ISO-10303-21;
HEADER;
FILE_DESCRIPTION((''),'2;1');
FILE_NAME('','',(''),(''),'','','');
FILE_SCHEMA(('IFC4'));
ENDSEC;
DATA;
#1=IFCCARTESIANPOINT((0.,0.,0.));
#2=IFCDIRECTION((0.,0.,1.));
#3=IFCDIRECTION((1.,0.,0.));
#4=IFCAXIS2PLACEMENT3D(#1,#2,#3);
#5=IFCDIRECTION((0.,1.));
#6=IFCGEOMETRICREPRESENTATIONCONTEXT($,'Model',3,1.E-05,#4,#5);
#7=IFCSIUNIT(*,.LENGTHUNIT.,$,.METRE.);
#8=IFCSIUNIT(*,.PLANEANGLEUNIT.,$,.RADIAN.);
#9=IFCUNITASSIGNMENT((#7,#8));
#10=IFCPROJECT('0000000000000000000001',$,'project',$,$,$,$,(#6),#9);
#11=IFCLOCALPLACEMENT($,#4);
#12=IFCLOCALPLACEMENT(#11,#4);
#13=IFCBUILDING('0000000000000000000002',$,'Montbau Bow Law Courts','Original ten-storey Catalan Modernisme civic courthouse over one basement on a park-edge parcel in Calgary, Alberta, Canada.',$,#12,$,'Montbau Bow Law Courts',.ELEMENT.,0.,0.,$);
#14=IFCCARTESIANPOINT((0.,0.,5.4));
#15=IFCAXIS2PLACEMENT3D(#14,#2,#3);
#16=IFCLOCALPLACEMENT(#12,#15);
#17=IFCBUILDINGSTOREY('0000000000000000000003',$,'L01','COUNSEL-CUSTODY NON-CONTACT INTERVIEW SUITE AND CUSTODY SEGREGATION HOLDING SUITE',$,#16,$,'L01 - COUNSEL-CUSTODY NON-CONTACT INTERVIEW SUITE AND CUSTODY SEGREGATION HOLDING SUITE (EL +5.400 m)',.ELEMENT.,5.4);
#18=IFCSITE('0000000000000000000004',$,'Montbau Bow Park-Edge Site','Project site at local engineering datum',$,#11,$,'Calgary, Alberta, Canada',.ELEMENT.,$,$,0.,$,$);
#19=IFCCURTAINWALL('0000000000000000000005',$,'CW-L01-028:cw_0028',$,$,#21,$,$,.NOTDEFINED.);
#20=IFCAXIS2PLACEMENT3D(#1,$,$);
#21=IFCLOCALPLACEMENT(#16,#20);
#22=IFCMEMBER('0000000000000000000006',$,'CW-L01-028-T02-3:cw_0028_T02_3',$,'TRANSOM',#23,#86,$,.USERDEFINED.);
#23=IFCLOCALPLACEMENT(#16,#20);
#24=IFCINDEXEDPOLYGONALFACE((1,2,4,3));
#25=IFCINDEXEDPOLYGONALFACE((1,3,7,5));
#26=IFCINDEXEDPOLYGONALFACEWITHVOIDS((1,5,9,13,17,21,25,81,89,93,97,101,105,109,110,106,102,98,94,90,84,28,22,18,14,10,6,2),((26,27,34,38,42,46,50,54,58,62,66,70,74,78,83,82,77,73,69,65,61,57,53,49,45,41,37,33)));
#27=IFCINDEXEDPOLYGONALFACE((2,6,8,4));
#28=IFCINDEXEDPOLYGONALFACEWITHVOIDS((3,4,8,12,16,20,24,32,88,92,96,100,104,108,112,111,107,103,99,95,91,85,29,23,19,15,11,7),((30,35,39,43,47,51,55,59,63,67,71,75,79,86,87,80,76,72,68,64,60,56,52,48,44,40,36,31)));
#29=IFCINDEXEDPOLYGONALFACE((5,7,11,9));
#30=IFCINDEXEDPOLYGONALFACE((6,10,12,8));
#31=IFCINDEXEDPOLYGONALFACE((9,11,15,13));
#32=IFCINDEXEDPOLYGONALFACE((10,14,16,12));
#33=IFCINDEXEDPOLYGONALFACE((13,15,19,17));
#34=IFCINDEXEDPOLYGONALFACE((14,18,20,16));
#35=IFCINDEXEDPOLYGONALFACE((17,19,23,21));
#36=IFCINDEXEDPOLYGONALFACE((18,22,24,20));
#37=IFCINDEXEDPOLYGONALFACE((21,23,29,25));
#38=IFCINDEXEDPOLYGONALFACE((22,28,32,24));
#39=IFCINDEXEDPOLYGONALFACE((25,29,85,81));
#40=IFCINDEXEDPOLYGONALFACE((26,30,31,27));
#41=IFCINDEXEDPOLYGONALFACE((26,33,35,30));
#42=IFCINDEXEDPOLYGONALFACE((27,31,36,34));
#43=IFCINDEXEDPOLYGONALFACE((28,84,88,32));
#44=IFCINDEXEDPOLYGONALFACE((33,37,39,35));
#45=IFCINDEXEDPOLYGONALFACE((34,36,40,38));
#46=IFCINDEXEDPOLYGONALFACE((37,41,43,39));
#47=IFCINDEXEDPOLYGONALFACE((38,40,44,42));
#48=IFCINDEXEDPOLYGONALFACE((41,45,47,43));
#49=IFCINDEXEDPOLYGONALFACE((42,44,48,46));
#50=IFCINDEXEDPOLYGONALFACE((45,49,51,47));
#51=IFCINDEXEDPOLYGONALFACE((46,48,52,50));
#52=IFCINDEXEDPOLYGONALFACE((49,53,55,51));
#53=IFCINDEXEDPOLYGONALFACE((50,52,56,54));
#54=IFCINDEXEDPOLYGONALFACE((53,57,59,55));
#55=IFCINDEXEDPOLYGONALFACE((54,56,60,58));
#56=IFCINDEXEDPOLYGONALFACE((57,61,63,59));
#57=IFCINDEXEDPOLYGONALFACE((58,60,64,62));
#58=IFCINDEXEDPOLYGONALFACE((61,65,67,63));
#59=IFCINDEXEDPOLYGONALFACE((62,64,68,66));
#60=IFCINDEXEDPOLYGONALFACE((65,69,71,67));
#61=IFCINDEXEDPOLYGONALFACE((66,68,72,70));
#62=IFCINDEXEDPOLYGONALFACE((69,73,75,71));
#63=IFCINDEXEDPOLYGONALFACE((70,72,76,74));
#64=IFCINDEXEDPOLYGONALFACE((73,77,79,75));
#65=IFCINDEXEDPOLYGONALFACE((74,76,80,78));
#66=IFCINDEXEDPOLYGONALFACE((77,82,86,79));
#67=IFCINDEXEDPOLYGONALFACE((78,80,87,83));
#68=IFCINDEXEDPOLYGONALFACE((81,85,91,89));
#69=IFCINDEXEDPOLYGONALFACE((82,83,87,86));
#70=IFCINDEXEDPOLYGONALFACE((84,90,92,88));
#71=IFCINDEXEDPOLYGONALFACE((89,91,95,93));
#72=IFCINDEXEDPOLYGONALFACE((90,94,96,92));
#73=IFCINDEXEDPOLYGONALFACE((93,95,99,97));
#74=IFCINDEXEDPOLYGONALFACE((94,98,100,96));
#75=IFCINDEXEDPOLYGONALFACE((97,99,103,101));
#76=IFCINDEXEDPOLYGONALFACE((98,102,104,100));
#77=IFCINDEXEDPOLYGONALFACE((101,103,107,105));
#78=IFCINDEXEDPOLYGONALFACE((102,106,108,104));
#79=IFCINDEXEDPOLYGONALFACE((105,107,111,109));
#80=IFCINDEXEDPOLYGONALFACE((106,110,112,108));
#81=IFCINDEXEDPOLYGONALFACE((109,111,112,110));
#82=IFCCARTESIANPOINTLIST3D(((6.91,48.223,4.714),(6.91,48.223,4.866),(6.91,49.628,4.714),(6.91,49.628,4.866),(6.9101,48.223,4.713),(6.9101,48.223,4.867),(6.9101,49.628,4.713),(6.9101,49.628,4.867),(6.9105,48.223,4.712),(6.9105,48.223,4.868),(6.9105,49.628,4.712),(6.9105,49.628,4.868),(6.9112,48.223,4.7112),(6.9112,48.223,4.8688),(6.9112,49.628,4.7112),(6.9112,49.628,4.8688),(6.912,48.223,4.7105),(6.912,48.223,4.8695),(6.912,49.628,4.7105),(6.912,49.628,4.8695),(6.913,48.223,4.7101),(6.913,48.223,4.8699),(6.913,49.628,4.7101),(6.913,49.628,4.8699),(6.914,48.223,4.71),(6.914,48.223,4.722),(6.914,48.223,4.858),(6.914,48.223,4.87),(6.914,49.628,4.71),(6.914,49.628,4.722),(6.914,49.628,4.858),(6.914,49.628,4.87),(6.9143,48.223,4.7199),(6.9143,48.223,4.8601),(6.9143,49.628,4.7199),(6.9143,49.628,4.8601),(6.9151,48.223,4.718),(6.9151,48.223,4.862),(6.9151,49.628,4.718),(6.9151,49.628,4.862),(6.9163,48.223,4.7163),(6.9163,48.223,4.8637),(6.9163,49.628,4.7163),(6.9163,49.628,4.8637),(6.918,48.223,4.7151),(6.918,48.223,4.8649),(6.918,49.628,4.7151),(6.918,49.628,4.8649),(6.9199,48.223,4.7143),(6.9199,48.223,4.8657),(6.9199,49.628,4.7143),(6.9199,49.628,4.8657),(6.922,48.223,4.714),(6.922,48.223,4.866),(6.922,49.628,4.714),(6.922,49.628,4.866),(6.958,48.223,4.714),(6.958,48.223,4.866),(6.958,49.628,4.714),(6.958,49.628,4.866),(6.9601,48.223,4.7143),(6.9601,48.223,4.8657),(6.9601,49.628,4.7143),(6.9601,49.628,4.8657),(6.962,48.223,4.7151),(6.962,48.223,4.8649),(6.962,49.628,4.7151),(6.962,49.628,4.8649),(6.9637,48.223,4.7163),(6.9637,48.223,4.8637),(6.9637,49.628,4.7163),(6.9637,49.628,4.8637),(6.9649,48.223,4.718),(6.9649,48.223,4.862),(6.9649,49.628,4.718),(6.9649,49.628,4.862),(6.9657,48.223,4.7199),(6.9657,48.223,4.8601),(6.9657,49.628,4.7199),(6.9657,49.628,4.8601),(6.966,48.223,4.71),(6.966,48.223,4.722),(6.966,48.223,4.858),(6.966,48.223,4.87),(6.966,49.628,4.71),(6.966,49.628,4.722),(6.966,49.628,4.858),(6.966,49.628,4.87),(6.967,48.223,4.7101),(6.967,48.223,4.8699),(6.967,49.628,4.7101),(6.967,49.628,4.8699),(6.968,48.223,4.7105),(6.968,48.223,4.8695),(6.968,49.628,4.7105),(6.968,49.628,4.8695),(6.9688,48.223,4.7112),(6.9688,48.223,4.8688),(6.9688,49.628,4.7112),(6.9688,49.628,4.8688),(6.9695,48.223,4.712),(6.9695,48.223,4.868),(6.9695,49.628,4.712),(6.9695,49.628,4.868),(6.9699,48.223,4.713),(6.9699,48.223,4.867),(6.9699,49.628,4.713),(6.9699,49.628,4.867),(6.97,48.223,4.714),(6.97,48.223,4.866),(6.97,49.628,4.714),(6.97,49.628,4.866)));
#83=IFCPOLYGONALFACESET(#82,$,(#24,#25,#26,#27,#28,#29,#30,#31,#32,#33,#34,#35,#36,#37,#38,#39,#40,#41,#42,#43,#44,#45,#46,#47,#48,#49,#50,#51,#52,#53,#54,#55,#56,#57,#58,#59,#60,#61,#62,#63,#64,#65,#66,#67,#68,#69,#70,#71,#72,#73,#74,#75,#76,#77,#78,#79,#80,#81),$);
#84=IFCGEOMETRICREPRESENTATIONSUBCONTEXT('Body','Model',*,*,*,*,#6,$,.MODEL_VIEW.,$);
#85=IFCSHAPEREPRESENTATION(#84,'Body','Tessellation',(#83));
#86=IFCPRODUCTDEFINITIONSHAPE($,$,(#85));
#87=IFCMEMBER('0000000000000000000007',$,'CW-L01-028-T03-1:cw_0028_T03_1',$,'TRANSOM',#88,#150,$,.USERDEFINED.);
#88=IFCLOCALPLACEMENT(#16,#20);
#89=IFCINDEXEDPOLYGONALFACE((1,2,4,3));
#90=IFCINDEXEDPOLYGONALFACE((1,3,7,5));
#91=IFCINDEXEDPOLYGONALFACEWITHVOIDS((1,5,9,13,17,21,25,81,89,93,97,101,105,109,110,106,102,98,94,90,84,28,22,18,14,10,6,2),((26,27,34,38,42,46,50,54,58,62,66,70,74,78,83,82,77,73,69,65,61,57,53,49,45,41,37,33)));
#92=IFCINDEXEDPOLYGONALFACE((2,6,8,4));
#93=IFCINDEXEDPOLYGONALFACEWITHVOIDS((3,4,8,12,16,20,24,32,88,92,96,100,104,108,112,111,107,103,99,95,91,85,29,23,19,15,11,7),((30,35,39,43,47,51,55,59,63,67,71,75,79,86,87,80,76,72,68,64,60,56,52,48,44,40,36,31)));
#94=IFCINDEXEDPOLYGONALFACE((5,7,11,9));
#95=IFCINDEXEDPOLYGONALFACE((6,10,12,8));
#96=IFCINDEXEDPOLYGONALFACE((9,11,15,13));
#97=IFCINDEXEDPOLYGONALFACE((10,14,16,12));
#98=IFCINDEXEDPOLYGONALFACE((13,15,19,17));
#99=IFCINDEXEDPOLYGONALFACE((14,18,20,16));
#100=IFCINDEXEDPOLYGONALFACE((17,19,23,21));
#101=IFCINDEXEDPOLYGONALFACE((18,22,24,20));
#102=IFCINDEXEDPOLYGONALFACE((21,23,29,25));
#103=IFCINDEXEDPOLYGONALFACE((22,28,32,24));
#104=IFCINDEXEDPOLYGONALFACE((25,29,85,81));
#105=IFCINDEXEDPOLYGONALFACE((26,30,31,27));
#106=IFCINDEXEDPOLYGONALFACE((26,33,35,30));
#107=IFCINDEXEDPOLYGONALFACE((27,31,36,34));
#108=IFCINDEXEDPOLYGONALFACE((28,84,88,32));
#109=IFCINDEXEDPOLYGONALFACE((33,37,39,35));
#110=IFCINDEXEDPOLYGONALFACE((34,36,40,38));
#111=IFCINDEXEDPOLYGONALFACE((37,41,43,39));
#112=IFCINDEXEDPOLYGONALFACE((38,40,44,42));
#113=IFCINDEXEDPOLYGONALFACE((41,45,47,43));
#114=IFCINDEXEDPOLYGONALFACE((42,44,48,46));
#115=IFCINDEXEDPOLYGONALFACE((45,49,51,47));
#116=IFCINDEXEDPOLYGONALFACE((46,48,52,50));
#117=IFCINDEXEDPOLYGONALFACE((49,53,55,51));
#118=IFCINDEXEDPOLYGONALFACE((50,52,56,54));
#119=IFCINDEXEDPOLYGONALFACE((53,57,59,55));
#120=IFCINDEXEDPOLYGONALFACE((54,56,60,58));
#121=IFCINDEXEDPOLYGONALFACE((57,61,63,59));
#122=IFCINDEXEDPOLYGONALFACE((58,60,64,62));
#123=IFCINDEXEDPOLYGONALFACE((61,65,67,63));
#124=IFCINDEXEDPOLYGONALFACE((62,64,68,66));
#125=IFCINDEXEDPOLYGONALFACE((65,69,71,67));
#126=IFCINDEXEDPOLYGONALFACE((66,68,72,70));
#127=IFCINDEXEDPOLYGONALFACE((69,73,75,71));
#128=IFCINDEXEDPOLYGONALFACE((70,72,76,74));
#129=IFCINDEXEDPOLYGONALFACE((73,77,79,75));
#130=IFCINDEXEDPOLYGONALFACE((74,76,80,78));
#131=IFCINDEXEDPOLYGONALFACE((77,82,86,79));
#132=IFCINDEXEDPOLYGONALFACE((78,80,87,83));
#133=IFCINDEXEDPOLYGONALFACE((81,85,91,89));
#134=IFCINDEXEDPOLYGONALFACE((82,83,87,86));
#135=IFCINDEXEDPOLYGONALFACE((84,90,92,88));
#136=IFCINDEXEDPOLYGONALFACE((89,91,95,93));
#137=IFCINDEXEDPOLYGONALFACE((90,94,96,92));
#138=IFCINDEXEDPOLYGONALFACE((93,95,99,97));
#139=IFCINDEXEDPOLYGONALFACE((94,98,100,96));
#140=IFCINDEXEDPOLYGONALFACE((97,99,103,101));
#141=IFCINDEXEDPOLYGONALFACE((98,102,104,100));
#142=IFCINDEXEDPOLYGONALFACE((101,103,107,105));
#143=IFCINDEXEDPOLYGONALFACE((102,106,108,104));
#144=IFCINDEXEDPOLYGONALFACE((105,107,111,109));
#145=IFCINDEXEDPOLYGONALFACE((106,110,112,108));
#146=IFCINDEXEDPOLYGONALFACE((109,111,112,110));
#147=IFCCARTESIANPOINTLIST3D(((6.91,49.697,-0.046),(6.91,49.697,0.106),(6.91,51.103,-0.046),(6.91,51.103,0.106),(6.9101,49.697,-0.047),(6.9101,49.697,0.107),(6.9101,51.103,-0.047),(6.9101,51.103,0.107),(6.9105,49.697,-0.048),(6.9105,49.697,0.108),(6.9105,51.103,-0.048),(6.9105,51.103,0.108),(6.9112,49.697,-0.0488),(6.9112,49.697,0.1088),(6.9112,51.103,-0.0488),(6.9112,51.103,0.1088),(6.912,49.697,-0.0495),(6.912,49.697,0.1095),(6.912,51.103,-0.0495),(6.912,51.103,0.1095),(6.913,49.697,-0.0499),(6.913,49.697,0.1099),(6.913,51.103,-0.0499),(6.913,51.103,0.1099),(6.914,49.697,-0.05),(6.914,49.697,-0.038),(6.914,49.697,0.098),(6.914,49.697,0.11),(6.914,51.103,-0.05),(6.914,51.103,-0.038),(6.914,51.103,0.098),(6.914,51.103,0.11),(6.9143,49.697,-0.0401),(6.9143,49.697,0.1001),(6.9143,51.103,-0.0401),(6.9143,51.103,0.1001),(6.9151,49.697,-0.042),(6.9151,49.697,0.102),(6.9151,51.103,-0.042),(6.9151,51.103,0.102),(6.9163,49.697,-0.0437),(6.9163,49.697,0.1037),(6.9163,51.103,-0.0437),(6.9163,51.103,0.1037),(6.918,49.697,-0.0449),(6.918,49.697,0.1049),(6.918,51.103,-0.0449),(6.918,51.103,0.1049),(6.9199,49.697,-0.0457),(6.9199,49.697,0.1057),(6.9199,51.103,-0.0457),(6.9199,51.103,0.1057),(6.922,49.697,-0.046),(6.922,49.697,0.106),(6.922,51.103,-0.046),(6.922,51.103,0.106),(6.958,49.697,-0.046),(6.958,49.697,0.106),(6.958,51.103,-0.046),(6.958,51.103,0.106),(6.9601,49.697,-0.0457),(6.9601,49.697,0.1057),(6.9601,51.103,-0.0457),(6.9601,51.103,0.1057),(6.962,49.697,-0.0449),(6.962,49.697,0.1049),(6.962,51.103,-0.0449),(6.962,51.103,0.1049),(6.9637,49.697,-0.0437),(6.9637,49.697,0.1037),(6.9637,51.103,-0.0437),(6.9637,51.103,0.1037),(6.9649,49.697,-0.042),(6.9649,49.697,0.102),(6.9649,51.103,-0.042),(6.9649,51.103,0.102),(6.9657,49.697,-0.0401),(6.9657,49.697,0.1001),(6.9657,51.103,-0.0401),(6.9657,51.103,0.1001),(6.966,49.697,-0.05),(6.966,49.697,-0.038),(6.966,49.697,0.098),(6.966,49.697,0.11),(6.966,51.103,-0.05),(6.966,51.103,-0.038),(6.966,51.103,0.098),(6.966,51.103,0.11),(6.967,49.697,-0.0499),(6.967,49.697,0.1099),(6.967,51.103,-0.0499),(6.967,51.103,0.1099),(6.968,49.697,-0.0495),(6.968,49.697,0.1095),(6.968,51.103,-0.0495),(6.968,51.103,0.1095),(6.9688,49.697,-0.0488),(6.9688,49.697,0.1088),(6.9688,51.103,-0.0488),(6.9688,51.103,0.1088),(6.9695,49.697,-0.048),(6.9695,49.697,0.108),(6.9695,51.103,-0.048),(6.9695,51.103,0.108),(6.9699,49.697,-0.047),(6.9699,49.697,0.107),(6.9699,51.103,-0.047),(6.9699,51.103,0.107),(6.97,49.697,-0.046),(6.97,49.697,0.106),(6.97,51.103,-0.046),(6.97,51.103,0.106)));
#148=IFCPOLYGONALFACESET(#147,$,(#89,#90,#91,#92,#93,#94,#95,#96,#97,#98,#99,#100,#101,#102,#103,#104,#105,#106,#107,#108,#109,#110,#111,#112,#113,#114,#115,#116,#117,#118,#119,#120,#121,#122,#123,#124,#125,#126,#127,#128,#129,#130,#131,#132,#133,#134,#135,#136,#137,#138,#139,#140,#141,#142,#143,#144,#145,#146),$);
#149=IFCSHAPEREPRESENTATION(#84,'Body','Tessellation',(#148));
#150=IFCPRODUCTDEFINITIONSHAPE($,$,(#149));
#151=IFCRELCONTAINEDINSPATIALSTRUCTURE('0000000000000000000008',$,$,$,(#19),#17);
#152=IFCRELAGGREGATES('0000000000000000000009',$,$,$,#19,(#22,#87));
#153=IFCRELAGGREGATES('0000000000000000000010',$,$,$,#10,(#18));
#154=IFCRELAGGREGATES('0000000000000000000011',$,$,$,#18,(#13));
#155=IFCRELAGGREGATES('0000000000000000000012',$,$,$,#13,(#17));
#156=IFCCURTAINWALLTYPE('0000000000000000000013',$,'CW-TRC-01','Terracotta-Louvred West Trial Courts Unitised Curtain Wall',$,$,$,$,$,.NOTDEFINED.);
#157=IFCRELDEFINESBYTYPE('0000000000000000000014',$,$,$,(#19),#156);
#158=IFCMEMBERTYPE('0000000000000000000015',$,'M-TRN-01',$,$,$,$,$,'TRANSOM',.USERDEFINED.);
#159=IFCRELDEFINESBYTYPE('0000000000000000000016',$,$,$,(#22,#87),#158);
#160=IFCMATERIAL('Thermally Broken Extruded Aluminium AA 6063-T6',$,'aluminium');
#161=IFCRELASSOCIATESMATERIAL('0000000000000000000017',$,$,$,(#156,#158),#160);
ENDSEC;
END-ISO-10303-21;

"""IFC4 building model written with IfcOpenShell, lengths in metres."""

from ifc_helpers import new_model, si_unit, direction, frame, origin_with_axes, origin_2d_with_axis, place, context, subcontext, project, spatial, hollow_rectangle, extrude, material, material_profile, profile_set, type_object, element, aggregate, save


model = new_model("IFC4")

# Units and contexts
model_context = context("Model", 3, precision=1e-05, world=origin_with_axes(), true_north=direction((0.0, 1.0)))
body_context = subcontext(model_context, "Body", "Model", "MODEL_VIEW")
ifc_project = project(units=[si_unit("LENGTHUNIT", "METRE"), si_unit("PLANEANGLEUNIT", "RADIAN")], contexts=[model_context])

# Site, building, storey
site_placement = place(None, origin_with_axes())
site = spatial("IfcSite", under=ifc_project, at=site_placement, Name="Montbau Bow Park-Edge Site", Description="Project site at local engineering datum", LongName="Calgary, Alberta, Canada", CompositionType="ELEMENT", RefElevation=0.0)
building_placement = place(site_placement, origin_with_axes())
building = spatial("IfcBuilding", under=site, at=building_placement, Name="Montbau Bow Law Courts", Description="Original ten-storey Catalan Modernisme civic courthouse over one basement on a park-edge parcel in Calgary, Alberta, Canada.", LongName="Montbau Bow Law Courts", CompositionType="ELEMENT", ElevationOfRefHeight=0.0, ElevationOfTerrain=0.0)
storey_placement = place(building_placement, frame((0.0, 0.0, 5.4), z_axis=(0.0, 0.0, 1.0), x_axis=(1.0, 0.0, 0.0)))
storey = spatial("IfcBuildingStorey", under=building, at=storey_placement, Name="L01", Description="COUNSEL-CUSTODY NON-CONTACT INTERVIEW SUITE AND CUSTODY SEGREGATION HOLDING SUITE", LongName="L01 - COUNSEL-CUSTODY NON-CONTACT INTERVIEW SUITE AND CUSTODY SEGREGATION HOLDING SUITE (EL +5.400 m)", CompositionType="ELEMENT", Elevation=5.4)

# Shared definitions
ifc_material_1 = material(Name="Thermally Broken Extruded Aluminium AA 6063-T6", Category="aluminium")
curtain_wall_type = type_object("IfcCurtainWallType", Name="CW-TRC-01", Description="Terracotta-Louvred West Trial Courts Unitised Curtain Wall", PredefinedType="NOTDEFINED", material=ifc_material_1)

# Curtain wall, members
curtain_wall_1_placement = place(None, frame((6.94, 46.715, 5.4), z_axis=(0.0, 0.0, 1.0), x_axis=(1.0, 0.0, 0.0)))
curtain_wall_1 = element("IfcCurtainWall", 1, at=curtain_wall_1_placement, inside=storey, type_object=curtain_wall_type, Name="CW-L01-028:cw_0028", PredefinedType="NOTDEFINED")
ifc_material_profile_1 = material_profile(ifc_material_1, hollow_rectangle(XDim=0.06, YDim=0.16, WallThickness=0.004, InnerFilletRadius=0.008, OuterFilletRadius=0.004, at=origin_2d_with_axis()), Name="CWT-160X60", Category="Main", Priority=0)
ifc_profile_set_1 = profile_set([ifc_material_profile_1], Name="Thermally Broken Extruded Aluminium AA 6063-T6")
member_type_1 = type_object("IfcMemberType", Name="M-TRN-01", ElementType="TRANSOM", PredefinedType="USERDEFINED", material=ifc_profile_set_1)
member_1_placement = place(None, frame((6.94, 48.223, 10.19), z_axis=(0.0, 1.0, 0.0), x_axis=(-1.0, 0.0, 0.0)))
member_1 = element("IfcMember", 2, at=member_1_placement, type_object=member_type_1, Name="CW-L01-028-T02-3:cw_0028_T02_3", ObjectType="TRANSOM", PredefinedType="USERDEFINED", context=body_context, shape_type="SweptSolid", body=[
    extrude(hollow_rectangle(XDim=0.06, YDim=0.16, WallThickness=0.004, InnerFilletRadius=0.008, OuterFilletRadius=0.004, at=origin_2d_with_axis()), origin_with_axes(), (0.0, 0.0, 1.0), 1.405),
])
member_2_placement = place(None, frame((6.94, 49.697, 5.43), z_axis=(0.0, 1.0, 0.0), x_axis=(-1.0, 0.0, 0.0)))
member_2 = element("IfcMember", 3, at=member_2_placement, type_object=member_type_1, Name="CW-L01-028-T03-1:cw_0028_T03_1", ObjectType="TRANSOM", PredefinedType="USERDEFINED", context=body_context, shape_type="SweptSolid", body=[
    extrude(hollow_rectangle(XDim=0.06, YDim=0.16, WallThickness=0.004, InnerFilletRadius=0.008, OuterFilletRadius=0.004, at=origin_2d_with_axis()), origin_with_axes(), (0.0, 0.0, 1.0), 1.406),
])
aggregate(curtain_wall_1, [member_1, member_2])

save(model, "model.ifc")
